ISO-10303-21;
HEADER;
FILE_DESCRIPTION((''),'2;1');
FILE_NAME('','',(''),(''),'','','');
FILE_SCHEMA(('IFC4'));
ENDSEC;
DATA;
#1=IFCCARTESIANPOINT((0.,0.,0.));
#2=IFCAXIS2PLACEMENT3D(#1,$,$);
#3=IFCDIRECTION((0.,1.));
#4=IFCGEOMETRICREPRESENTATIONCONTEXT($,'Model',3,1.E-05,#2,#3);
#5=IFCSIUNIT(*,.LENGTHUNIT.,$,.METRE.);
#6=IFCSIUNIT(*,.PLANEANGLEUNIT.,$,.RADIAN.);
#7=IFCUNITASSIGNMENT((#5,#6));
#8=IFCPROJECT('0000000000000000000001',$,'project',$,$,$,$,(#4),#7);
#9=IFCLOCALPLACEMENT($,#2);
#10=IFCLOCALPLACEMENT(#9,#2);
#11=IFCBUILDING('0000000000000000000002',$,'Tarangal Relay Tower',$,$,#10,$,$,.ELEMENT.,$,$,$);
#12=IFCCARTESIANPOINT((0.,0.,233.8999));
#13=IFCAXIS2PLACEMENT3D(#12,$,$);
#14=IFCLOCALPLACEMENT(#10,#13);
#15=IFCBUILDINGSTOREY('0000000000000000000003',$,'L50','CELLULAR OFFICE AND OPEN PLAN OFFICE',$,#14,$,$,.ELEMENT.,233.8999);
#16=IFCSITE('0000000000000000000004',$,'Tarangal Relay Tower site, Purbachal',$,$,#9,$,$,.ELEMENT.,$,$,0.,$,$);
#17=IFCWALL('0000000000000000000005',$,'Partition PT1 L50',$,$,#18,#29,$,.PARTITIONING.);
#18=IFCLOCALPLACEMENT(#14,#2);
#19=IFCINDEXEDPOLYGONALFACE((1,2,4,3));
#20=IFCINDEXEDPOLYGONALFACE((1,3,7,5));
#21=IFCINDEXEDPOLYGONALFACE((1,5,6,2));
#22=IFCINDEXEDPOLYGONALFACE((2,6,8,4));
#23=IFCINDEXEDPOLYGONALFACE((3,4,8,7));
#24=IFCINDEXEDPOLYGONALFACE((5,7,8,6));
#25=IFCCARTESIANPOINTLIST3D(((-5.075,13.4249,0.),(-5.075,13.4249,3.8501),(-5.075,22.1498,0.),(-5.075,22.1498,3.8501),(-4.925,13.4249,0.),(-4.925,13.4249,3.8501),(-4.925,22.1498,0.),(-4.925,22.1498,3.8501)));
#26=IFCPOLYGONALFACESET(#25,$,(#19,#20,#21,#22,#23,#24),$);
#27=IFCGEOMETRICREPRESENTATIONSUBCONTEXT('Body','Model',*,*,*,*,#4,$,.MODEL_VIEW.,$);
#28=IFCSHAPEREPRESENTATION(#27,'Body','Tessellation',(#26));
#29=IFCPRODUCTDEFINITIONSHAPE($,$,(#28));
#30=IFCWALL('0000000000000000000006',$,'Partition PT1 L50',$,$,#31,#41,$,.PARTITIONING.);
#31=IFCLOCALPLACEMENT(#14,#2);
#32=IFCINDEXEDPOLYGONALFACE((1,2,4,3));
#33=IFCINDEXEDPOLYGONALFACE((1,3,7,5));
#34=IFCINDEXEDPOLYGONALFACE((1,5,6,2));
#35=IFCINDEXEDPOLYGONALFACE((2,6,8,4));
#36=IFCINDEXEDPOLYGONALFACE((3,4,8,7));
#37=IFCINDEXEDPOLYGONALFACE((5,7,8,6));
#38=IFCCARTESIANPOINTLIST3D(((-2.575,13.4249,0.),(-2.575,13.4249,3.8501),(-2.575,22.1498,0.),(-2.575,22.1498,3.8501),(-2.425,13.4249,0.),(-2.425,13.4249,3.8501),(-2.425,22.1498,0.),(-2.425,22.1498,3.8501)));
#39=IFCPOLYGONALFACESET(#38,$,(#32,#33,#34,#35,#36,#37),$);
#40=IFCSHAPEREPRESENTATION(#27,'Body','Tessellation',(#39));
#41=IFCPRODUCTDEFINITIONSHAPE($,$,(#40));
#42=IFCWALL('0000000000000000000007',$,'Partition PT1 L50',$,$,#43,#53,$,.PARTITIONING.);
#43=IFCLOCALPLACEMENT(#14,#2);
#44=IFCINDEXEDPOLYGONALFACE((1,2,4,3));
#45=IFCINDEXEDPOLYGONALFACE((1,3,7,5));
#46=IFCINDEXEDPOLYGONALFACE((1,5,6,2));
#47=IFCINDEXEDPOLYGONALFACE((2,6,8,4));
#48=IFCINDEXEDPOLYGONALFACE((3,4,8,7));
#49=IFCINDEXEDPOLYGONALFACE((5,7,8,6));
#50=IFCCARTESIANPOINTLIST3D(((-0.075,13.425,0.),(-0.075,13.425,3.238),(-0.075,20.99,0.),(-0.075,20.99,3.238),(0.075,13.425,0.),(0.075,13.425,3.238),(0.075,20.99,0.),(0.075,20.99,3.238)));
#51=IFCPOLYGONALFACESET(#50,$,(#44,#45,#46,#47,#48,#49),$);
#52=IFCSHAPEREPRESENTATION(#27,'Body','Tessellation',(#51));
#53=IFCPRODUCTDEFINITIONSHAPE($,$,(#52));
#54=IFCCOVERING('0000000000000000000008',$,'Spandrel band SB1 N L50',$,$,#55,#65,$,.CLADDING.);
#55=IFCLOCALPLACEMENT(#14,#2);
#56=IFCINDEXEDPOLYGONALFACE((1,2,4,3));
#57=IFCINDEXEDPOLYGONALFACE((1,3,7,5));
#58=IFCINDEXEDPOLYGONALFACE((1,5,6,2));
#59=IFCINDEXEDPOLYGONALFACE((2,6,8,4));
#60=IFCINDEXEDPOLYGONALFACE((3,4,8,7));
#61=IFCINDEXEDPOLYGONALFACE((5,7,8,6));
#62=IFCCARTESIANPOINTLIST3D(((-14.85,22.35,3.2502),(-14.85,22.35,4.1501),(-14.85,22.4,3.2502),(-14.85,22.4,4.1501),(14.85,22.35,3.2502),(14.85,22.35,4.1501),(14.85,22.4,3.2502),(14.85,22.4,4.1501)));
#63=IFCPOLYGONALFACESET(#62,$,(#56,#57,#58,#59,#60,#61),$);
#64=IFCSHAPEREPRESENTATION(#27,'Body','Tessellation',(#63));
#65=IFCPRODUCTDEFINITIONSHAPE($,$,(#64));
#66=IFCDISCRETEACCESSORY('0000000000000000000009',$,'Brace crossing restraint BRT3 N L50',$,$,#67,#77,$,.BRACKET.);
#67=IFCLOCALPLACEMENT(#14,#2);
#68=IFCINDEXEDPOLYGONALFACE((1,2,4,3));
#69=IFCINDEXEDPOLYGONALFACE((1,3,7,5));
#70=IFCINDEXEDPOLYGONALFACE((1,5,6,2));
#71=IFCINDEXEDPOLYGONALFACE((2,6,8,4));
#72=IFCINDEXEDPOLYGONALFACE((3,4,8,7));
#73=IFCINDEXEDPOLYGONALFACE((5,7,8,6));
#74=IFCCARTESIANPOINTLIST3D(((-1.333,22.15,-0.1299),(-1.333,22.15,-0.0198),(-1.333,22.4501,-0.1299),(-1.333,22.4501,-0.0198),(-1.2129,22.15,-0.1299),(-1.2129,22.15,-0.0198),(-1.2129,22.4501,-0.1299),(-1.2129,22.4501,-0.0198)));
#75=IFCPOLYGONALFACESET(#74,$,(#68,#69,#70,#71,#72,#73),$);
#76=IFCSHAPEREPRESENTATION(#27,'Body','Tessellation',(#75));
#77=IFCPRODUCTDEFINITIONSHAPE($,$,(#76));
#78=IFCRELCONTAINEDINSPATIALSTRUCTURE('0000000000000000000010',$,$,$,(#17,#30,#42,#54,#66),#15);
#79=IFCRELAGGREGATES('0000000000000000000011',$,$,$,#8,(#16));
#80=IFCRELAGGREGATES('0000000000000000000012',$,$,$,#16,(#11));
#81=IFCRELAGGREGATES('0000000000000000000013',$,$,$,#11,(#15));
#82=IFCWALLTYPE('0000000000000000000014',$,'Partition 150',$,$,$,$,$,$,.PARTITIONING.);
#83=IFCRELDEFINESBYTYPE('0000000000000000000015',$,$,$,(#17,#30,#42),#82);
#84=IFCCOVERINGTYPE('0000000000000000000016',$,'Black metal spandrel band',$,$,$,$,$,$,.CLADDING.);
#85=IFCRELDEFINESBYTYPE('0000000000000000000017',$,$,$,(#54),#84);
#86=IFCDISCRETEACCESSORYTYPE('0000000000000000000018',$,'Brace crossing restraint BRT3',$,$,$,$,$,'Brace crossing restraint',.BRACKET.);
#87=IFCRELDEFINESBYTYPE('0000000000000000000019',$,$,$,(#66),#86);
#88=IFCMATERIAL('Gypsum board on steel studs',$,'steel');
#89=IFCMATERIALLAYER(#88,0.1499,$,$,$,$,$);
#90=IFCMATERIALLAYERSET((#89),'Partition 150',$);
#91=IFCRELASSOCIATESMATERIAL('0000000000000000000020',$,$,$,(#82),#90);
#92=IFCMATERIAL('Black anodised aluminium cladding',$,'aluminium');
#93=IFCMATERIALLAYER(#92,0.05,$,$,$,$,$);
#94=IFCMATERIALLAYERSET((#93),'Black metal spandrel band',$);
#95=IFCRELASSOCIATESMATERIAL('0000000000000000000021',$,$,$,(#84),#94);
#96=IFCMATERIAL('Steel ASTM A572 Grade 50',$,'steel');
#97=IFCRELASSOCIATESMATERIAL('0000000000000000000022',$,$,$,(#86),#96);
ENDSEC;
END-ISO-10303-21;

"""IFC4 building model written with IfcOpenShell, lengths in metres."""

from ifc_helpers import new_model, si_unit, direction, frame, frame_2d, origin, origin_2d, place, context, subcontext, project, spatial, rectangle, extrude, material, layer, layer_set, type_object, element, save


model = new_model("IFC4")

# Units and contexts
model_context = context("Model", 3, precision=1e-05, world=origin(), true_north=direction((0.0, 1.0)))
body_context = subcontext(model_context, "Body", "Model", "MODEL_VIEW")
ifc_project = project(units=[si_unit("LENGTHUNIT", "METRE"), si_unit("PLANEANGLEUNIT", "RADIAN")], contexts=[model_context])

# Site, building, storey
site_placement = place(None, origin())
site = spatial("IfcSite", under=ifc_project, at=site_placement, Name="Tarangal Relay Tower site, Purbachal", CompositionType="ELEMENT", RefElevation=0.0)
building_placement = place(site_placement, origin())
building = spatial("IfcBuilding", under=site, at=building_placement, Name="Tarangal Relay Tower", CompositionType="ELEMENT")
storey_placement = place(building_placement, frame((0.0, 0.0, 233.8999)))
storey = spatial("IfcBuildingStorey", under=building, at=storey_placement, Name="L50", Description="CELLULAR OFFICE AND OPEN PLAN OFFICE", CompositionType="ELEMENT", Elevation=233.8999)

# Shared definitions
ifc_material_1 = material(Name="Steel ASTM A572 Grade 50", Category="steel")

# Walls
ifc_material_2 = material(Name="Gypsum board on steel studs", Category="steel")
ifc_layer_1 = layer(ifc_material_2, 0.1499)
ifc_layer_set_1 = layer_set([ifc_layer_1], Name="Partition 150")
wall_type_1 = type_object("IfcWallType", Name="Partition 150", PredefinedType="PARTITIONING", material=ifc_layer_set_1)
for number, where, z_axis, x_axis, name in (
    (1, (-5.0, 13.425, 0.0), (0.0, 0.0, 1.0), (0.0, 1.0, 0.0), "Partition PT1 L50"),
    (2, (-2.5, 13.425, 0.0), (0.0, 0.0, 1.0), (0.0, 1.0, 0.0), "Partition PT1 L50"),
):
    element("IfcWall", number, at=place(storey_placement, frame(where, z_axis=z_axis, x_axis=x_axis)), inside=storey, type_object=wall_type_1, Name=name, PredefinedType="PARTITIONING", context=body_context, shape_type="SweptSolid", body=[
        extrude(rectangle(XDim=8.7249, YDim=0.1499, at=frame_2d((4.3623, 0.0))), origin(), (0.0, 0.0, 1.0), 3.8501),
    ])
wall_1_placement = place(storey_placement, frame((0.0, 13.425, 0.0), z_axis=(0.0, 0.0, 1.0), x_axis=(0.0, 1.0, 0.0)))
element("IfcWall", 3, at=wall_1_placement, inside=storey, type_object=wall_type_1, Name="Partition PT1 L50", PredefinedType="PARTITIONING", context=body_context, shape_type="SweptSolid", body=[
    extrude(rectangle(XDim=7.5649, YDim=0.1499, at=frame_2d((3.7825, 0.0))), origin(), (0.0, 0.0, 1.0), 3.238),
])

# Covering
ifc_material_3 = material(Name="Black anodised aluminium cladding", Category="aluminium")
ifc_layer_2 = layer(ifc_material_3, 0.05)
ifc_layer_set_2 = layer_set([ifc_layer_2], Name="Black metal spandrel band")
covering_type = type_object("IfcCoveringType", Name="Black metal spandrel band", PredefinedType="CLADDING", material=ifc_layer_set_2)
covering_placement = place(storey_placement, frame((0.0, 22.375, 3.2502), z_axis=(0.0, 0.0, 1.0), x_axis=(1.0, 0.0, 0.0)))
element("IfcCovering", 4, at=covering_placement, inside=storey, type_object=covering_type, Name="Spandrel band SB1 N L50", PredefinedType="CLADDING", context=body_context, shape_type="SweptSolid", body=[
    extrude(rectangle(XDim=29.7, YDim=0.05, at=origin_2d()), origin(), (0.0, 0.0, 1.0), 0.8999),
])

# Discrete accessory
discrete_accessory_type = type_object("IfcDiscreteAccessoryType", Name="Brace crossing restraint BRT3", ElementType="Brace crossing restraint", PredefinedType="BRACKET", material=ifc_material_1)
discrete_accessory_placement = place(storey_placement, frame((-1.2729, 22.3, -0.1299), z_axis=(0.0, 0.0, 1.0), x_axis=(1.0, 0.0, 0.0)))
element("IfcDiscreteAccessory", 5, at=discrete_accessory_placement, inside=storey, type_object=discrete_accessory_type, Name="Brace crossing restraint BRT3 N L50", PredefinedType="BRACKET", context=body_context, shape_type="SweptSolid", body=[
    extrude(rectangle(XDim=0.1201, YDim=0.3, at=origin_2d()), origin(), (0.0, 0.0, 1.0), 0.1101),
])

save(model, "model.ifc")
